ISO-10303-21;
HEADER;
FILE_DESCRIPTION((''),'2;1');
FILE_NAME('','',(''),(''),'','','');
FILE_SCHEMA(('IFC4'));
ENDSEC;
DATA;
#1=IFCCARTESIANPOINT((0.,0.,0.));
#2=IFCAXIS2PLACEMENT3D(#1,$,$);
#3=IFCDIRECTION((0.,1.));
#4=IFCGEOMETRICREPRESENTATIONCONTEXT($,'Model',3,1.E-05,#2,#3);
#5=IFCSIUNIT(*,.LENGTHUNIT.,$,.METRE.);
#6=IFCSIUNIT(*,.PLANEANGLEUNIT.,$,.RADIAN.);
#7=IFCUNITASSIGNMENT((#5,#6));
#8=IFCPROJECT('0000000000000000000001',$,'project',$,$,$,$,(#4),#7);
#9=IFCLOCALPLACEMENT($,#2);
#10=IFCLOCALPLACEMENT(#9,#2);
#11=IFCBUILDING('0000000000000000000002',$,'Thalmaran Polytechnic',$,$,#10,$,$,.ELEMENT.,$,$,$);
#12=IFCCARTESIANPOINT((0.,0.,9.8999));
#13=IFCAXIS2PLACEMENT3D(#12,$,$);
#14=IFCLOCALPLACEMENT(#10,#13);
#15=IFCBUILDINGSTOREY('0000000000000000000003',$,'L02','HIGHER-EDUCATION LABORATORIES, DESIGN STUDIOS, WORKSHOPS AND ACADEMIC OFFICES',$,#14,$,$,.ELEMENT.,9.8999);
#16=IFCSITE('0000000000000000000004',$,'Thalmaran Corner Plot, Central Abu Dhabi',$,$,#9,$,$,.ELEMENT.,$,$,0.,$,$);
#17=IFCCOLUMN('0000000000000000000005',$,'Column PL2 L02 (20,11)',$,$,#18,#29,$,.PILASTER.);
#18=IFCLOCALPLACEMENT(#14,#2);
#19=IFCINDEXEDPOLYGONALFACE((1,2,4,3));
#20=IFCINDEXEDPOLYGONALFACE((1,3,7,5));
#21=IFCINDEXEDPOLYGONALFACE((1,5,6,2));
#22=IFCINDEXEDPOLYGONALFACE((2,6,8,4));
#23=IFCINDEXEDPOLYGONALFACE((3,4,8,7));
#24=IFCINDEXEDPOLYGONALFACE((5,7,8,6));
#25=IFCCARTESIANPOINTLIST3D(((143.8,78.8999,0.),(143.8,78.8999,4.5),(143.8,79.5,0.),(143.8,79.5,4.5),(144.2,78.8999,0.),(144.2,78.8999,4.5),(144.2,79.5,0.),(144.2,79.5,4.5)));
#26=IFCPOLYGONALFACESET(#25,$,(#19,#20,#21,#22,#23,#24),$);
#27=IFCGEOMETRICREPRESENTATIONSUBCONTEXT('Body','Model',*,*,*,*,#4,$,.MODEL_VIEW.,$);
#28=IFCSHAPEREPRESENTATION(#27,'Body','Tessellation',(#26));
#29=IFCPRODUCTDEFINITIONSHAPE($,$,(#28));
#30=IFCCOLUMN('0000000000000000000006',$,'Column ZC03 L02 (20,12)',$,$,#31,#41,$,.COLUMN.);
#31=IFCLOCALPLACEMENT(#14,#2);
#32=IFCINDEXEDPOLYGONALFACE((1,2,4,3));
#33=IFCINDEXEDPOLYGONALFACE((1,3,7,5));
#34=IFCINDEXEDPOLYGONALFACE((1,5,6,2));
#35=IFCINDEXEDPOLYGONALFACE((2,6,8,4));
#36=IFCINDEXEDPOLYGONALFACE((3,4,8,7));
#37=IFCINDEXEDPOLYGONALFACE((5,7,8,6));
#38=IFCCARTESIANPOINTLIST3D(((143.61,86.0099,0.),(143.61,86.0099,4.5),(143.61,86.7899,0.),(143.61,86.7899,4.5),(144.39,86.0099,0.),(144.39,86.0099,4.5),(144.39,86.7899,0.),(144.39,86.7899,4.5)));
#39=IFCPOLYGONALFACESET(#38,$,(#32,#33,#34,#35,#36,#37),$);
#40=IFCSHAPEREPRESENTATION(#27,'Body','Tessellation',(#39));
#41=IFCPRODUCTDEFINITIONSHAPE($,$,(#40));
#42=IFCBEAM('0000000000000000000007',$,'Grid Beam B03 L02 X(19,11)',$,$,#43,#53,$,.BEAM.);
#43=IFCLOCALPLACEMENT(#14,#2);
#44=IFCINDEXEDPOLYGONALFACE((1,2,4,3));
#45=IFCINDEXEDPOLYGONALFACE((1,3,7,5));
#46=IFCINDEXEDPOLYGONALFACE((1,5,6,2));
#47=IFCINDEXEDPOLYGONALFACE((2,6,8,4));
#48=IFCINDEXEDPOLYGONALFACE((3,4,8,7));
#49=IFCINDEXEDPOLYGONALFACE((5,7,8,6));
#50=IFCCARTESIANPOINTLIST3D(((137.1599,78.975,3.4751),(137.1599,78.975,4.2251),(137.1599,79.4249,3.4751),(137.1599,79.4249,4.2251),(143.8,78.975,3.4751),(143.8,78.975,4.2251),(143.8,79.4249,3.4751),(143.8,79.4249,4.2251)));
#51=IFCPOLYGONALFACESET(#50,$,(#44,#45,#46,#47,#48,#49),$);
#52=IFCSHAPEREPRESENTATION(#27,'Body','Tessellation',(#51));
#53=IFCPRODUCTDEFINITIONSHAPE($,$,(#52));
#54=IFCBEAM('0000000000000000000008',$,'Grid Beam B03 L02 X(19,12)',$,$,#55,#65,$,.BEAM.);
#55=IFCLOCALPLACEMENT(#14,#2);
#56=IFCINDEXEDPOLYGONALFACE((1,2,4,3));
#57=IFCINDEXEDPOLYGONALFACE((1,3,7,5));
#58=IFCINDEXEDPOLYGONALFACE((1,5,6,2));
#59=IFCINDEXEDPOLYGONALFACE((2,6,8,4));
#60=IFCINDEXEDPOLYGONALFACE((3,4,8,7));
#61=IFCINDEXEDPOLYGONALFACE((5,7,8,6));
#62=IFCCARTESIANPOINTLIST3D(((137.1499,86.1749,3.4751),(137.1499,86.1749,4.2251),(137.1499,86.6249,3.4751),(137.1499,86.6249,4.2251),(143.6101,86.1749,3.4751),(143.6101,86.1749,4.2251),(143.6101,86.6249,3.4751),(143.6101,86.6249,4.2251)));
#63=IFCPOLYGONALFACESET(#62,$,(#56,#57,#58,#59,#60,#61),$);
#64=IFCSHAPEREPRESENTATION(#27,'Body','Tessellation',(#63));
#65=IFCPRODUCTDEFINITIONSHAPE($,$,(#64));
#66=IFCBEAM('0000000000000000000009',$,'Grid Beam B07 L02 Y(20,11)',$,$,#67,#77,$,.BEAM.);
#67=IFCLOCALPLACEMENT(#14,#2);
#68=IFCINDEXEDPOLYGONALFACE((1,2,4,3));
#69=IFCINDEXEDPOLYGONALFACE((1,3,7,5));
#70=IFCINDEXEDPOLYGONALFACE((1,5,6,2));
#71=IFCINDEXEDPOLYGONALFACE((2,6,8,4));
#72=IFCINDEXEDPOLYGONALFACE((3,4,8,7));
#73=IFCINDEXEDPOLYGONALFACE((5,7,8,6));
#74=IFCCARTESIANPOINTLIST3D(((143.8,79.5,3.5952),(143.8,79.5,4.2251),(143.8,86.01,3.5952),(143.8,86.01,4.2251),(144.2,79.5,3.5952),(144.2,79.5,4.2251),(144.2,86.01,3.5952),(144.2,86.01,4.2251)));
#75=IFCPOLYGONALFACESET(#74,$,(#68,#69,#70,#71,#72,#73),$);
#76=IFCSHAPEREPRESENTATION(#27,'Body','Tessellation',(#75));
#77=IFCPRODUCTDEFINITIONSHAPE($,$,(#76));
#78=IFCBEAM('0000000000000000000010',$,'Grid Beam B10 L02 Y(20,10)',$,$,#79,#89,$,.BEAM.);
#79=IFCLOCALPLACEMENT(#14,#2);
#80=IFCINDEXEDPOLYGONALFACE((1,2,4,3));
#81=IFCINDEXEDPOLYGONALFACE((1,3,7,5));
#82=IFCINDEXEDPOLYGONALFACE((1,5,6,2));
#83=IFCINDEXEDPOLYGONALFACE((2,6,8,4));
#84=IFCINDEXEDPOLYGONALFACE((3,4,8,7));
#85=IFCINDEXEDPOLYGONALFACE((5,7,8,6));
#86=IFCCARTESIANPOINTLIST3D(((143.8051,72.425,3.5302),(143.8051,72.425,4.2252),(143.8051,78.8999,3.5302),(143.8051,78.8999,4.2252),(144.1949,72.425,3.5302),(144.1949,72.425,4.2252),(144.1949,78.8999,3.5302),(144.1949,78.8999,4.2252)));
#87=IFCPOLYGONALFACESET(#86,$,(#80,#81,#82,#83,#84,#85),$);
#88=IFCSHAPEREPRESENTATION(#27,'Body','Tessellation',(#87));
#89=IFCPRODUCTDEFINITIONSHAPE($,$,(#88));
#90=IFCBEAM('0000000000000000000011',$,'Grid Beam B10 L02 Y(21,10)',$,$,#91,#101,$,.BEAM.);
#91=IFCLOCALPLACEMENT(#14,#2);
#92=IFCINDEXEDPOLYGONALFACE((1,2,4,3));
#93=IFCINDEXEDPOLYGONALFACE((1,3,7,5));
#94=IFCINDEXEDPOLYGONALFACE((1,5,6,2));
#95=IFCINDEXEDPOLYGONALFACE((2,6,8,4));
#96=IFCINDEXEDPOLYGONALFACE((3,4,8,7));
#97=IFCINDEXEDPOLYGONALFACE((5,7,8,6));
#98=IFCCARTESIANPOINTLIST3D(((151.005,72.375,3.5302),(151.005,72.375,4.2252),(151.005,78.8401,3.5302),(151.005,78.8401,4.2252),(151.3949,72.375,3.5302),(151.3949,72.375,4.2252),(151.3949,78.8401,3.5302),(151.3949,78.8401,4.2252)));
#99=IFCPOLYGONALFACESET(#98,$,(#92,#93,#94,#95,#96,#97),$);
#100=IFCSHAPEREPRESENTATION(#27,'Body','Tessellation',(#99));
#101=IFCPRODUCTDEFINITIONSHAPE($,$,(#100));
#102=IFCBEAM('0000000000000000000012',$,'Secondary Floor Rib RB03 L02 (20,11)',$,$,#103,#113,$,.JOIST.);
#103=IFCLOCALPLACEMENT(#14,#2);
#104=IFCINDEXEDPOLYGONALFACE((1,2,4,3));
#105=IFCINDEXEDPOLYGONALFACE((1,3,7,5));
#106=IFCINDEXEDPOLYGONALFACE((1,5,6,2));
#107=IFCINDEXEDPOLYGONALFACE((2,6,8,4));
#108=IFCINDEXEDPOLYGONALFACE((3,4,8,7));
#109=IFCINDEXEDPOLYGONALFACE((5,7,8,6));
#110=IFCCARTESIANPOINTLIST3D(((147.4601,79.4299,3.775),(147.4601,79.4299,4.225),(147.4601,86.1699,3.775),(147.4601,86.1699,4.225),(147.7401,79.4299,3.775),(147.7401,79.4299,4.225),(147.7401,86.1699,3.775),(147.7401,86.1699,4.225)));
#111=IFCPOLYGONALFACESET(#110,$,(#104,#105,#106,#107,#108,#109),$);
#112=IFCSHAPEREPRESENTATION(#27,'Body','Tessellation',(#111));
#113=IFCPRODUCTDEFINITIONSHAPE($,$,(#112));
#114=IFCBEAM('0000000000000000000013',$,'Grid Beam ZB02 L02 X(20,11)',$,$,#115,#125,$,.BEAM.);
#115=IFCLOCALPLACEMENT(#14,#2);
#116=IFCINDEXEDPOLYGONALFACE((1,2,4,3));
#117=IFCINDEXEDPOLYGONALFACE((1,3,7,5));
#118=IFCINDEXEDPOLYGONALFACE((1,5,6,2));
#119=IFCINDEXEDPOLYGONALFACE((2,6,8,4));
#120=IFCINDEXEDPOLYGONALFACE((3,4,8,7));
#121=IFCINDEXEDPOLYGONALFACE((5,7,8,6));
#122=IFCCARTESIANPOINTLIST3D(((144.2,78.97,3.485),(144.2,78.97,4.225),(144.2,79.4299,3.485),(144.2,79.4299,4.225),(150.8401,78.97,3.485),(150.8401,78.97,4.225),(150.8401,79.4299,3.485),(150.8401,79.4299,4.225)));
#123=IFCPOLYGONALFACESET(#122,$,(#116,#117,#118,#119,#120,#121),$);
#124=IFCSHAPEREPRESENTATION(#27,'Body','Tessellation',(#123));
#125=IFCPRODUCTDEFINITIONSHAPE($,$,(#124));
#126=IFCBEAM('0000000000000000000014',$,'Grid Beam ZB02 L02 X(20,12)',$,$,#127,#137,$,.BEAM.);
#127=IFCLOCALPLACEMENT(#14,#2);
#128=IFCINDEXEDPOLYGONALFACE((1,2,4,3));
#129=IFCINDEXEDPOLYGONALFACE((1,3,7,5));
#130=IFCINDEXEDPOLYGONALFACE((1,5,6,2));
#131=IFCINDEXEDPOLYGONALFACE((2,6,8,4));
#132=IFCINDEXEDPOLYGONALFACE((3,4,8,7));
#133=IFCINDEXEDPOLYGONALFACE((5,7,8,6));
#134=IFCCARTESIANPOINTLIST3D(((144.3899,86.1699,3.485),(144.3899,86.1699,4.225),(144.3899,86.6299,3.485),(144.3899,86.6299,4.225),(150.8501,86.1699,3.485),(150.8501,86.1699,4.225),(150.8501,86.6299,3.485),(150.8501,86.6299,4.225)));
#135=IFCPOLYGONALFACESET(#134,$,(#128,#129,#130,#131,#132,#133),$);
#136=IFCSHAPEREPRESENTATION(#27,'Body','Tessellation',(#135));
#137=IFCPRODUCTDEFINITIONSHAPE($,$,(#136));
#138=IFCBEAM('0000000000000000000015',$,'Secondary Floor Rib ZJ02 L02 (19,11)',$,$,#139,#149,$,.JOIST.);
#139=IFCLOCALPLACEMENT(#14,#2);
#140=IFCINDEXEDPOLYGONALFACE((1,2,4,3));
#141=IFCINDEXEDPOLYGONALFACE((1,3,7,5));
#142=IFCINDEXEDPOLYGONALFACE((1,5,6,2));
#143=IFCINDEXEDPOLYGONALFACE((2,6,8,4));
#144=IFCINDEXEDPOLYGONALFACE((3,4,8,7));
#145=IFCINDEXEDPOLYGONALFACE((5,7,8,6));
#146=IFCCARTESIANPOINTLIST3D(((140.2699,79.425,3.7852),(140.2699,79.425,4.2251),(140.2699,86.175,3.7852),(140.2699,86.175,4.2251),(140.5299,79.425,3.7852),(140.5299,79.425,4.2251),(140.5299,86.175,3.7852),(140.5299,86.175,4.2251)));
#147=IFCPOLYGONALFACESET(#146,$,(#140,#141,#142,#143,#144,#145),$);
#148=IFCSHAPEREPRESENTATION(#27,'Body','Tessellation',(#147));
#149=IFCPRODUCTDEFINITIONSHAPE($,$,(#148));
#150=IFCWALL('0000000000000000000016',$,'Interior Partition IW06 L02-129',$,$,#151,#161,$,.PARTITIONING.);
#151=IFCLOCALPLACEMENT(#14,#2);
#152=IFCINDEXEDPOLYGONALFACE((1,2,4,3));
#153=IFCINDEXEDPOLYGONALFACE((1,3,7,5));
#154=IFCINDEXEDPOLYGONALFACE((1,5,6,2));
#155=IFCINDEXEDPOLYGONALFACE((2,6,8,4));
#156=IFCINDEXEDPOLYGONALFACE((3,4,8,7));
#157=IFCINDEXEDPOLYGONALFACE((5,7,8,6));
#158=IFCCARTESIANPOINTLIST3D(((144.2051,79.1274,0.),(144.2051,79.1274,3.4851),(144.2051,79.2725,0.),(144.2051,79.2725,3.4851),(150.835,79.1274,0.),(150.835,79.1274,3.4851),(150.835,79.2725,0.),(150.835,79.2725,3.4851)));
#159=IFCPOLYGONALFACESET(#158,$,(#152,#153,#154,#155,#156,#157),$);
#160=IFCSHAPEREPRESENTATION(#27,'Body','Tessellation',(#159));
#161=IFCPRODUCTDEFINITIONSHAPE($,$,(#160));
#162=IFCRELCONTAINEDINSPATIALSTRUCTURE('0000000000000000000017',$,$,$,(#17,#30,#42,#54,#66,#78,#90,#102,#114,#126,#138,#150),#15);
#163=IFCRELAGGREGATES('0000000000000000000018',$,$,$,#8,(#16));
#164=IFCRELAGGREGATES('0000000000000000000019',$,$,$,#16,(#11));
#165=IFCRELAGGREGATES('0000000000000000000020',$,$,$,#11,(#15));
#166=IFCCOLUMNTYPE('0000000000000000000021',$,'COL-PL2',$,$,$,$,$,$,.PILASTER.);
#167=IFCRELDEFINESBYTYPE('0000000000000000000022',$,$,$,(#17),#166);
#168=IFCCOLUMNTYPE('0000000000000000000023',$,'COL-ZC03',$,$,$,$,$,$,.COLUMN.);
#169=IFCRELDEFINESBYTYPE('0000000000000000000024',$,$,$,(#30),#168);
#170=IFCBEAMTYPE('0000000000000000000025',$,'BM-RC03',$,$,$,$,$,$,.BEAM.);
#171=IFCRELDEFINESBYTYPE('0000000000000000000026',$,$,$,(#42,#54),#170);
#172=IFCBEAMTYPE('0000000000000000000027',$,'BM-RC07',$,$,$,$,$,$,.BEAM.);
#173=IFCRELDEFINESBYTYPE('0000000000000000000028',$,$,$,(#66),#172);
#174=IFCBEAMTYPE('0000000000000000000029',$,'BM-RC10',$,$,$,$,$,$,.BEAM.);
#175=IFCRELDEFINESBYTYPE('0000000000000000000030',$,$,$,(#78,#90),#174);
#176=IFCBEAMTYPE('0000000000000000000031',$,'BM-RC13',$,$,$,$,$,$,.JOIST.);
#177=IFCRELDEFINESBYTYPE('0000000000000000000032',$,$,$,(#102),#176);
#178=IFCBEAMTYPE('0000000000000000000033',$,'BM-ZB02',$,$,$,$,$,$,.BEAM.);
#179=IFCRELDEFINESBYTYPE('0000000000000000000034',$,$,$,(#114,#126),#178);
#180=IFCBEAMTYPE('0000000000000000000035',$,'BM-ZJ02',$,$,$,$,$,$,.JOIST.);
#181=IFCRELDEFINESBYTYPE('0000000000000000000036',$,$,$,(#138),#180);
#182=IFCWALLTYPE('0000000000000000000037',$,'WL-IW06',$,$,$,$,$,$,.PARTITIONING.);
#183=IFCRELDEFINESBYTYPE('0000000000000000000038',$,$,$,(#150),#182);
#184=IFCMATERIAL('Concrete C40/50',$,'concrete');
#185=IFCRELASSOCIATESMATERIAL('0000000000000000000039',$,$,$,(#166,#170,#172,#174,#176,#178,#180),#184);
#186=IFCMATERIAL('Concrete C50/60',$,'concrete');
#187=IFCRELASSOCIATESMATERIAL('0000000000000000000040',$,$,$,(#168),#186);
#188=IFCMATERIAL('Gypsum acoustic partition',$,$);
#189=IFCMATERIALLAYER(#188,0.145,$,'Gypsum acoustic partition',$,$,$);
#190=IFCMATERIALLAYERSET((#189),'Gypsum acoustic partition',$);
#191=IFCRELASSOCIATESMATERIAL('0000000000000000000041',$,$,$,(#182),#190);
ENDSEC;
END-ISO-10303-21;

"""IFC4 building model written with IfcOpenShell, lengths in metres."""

from ifc_helpers import new_model, si_unit, direction, frame, frame_2d, origin, origin_2d, place, context, subcontext, project, spatial, rectangle, extrude, material, layer, layer_set, material_profile, profile_set, type_object, element, save


model = new_model("IFC4")

# Units and contexts
model_context = context("Model", 3, precision=1e-05, world=origin(), true_north=direction((0.0, 1.0)))
body_context = subcontext(model_context, "Body", "Model", "MODEL_VIEW")
ifc_project = project(units=[si_unit("LENGTHUNIT", "METRE"), si_unit("PLANEANGLEUNIT", "RADIAN")], contexts=[model_context])

# Site, building, storey
site_placement = place(None, origin())
site = spatial("IfcSite", under=ifc_project, at=site_placement, Name="Thalmaran Corner Plot, Central Abu Dhabi", CompositionType="ELEMENT", RefElevation=0.0)
building_placement = place(site_placement, origin())
building = spatial("IfcBuilding", under=site, at=building_placement, Name="Thalmaran Polytechnic", CompositionType="ELEMENT")
storey_placement = place(building_placement, frame((0.0, 0.0, 9.8999)))
storey = spatial("IfcBuildingStorey", under=building, at=storey_placement, Name="L02", Description="HIGHER-EDUCATION LABORATORIES, DESIGN STUDIOS, WORKSHOPS AND ACADEMIC OFFICES", CompositionType="ELEMENT", Elevation=9.8999)

# Columns
ifc_material_1 = material(Name="Concrete C40/50", Category="concrete")
ifc_material_profile_1 = material_profile(ifc_material_1, rectangle(XDim=0.3999, YDim=0.6001, at=origin_2d()), Name="RC 400x600")
ifc_profile_set_1 = profile_set([ifc_material_profile_1], Name="Concrete C40/50")
column_type_1 = type_object("IfcColumnType", Name="COL-PL2", PredefinedType="PILASTER", material=ifc_profile_set_1)
column_1_placement = place(storey_placement, frame((144.0, 79.2, 0.0), z_axis=(0.0, 0.0, 1.0), x_axis=(1.0, 0.0, 0.0)))
element("IfcColumn", 1, at=column_1_placement, inside=storey, type_object=column_type_1, Name="Column PL2 L02 (20,11)", PredefinedType="PILASTER", context=body_context, shape_type="SweptSolid", body=[
    extrude(rectangle(XDim=0.3999, YDim=0.6001, at=origin_2d()), origin(), (0.0, 0.0, 1.0), 4.5),
])
ifc_material_2 = material(Name="Concrete C50/60", Category="concrete")
ifc_material_profile_2 = material_profile(ifc_material_2, rectangle(XDim=0.78, YDim=0.78, at=origin_2d()), Name="RC 780x780")
ifc_profile_set_2 = profile_set([ifc_material_profile_2], Name="Concrete C50/60")
column_type_2 = type_object("IfcColumnType", Name="COL-ZC03", PredefinedType="COLUMN", material=ifc_profile_set_2)
column_2_placement = place(storey_placement, frame((144.0, 86.3999, 0.0), z_axis=(0.0, 0.0, 1.0), x_axis=(1.0, 0.0, 0.0)))
element("IfcColumn", 2, at=column_2_placement, inside=storey, type_object=column_type_2, Name="Column ZC03 L02 (20,12)", PredefinedType="COLUMN", context=body_context, shape_type="SweptSolid", body=[
    extrude(rectangle(XDim=0.78, YDim=0.78, at=origin_2d()), origin(), (0.0, 0.0, 1.0), 4.5),
])

# Beams
ifc_material_profile_3 = material_profile(ifc_material_1, rectangle(XDim=0.45, YDim=0.75, at=origin_2d()), Name="RC 450x750")
ifc_profile_set_3 = profile_set([ifc_material_profile_3], Name="Concrete C40/50")
beam_type_1 = type_object("IfcBeamType", Name="BM-RC03", PredefinedType="BEAM", material=ifc_profile_set_3)
beam_1_placement = place(storey_placement, frame((137.1599, 79.2, 3.8501), z_axis=(1.0, 0.0, 0.0), x_axis=(0.0, 1.0, 0.0)))
element("IfcBeam", 3, at=beam_1_placement, inside=storey, type_object=beam_type_1, Name="Grid Beam B03 L02 X(19,11)", PredefinedType="BEAM", context=body_context, shape_type="SweptSolid", body=[
    extrude(rectangle(XDim=0.45, YDim=0.75, at=origin_2d()), origin(), (0.0, 0.0, 1.0), 6.6401),
])
beam_2_placement = place(storey_placement, frame((137.1499, 86.3999, 3.8501), z_axis=(1.0, 0.0, 0.0), x_axis=(0.0, 1.0, 0.0)))
element("IfcBeam", 4, at=beam_2_placement, inside=storey, type_object=beam_type_1, Name="Grid Beam B03 L02 X(19,12)", PredefinedType="BEAM", context=body_context, shape_type="SweptSolid", body=[
    extrude(rectangle(XDim=0.45, YDim=0.75, at=origin_2d()), origin(), (0.0, 0.0, 1.0), 6.4602),
])
ifc_material_profile_4 = material_profile(ifc_material_1, rectangle(XDim=0.3999, YDim=0.6299, at=origin_2d()), Name="RC 400x630")
ifc_profile_set_4 = profile_set([ifc_material_profile_4], Name="Concrete C40/50")
beam_type_2 = type_object("IfcBeamType", Name="BM-RC07", PredefinedType="BEAM", material=ifc_profile_set_4)
beam_3_placement = place(storey_placement, frame((144.0, 79.5, 3.9102), z_axis=(0.0, 1.0, 0.0), x_axis=(-1.0, 0.0, 0.0)))
element("IfcBeam", 5, at=beam_3_placement, inside=storey, type_object=beam_type_2, Name="Grid Beam B07 L02 Y(20,11)", PredefinedType="BEAM", context=body_context, shape_type="SweptSolid", body=[
    extrude(rectangle(XDim=0.3999, YDim=0.6299, at=origin_2d()), origin(), (0.0, 0.0, 1.0), 6.51),
])
ifc_material_profile_5 = material_profile(ifc_material_1, rectangle(XDim=0.3899, YDim=0.6951, at=origin_2d()), Name="RC 390x695")
ifc_profile_set_5 = profile_set([ifc_material_profile_5], Name="Concrete C40/50")
beam_type_3 = type_object("IfcBeamType", Name="BM-RC10", PredefinedType="BEAM", material=ifc_profile_set_5)
beam_4_placement = place(storey_placement, frame((144.0, 72.425, 3.8777), z_axis=(0.0, 1.0, 0.0), x_axis=(-1.0, 0.0, 0.0)))
element("IfcBeam", 6, at=beam_4_placement, inside=storey, type_object=beam_type_3, Name="Grid Beam B10 L02 Y(20,10)", PredefinedType="BEAM", context=body_context, shape_type="SweptSolid", body=[
    extrude(rectangle(XDim=0.3899, YDim=0.6951, at=origin_2d()), origin(), (0.0, 0.0, 1.0), 6.4749),
])
beam_5_placement = place(storey_placement, frame((151.2, 72.375, 3.8777), z_axis=(0.0, 1.0, 0.0), x_axis=(-1.0, 0.0, 0.0)))
element("IfcBeam", 7, at=beam_5_placement, inside=storey, type_object=beam_type_3, Name="Grid Beam B10 L02 Y(21,10)", PredefinedType="BEAM", context=body_context, shape_type="SweptSolid", body=[
    extrude(rectangle(XDim=0.3899, YDim=0.6951, at=origin_2d()), origin(), (0.0, 0.0, 1.0), 6.4651),
])
ifc_material_profile_6 = material_profile(ifc_material_1, rectangle(XDim=0.28, YDim=0.45, at=origin_2d()), Name="RC 280x450")
ifc_profile_set_6 = profile_set([ifc_material_profile_6], Name="Concrete C40/50")
beam_type_4 = type_object("IfcBeamType", Name="BM-RC13", PredefinedType="JOIST", material=ifc_profile_set_6)
beam_6_placement = place(storey_placement, frame((147.6001, 79.4299, 4.0), z_axis=(0.0, 1.0, 0.0), x_axis=(-1.0, 0.0, 0.0)))
element("IfcBeam", 8, at=beam_6_placement, inside=storey, type_object=beam_type_4, Name="Secondary Floor Rib RB03 L02 (20,11)", PredefinedType="JOIST", context=body_context, shape_type="SweptSolid", body=[
    extrude(rectangle(XDim=0.28, YDim=0.45, at=origin_2d()), origin(), (0.0, 0.0, 1.0), 6.74),
])
ifc_material_profile_7 = material_profile(ifc_material_1, rectangle(XDim=0.46, YDim=0.74, at=origin_2d()), Name="RC 460x740")
ifc_profile_set_7 = profile_set([ifc_material_profile_7], Name="Concrete C40/50")
beam_type_5 = type_object("IfcBeamType", Name="BM-ZB02", PredefinedType="BEAM", material=ifc_profile_set_7)
beam_7_placement = place(storey_placement, frame((144.2, 79.2, 3.855), z_axis=(1.0, 0.0, 0.0), x_axis=(0.0, 1.0, 0.0)))
element("IfcBeam", 9, at=beam_7_placement, inside=storey, type_object=beam_type_5, Name="Grid Beam ZB02 L02 X(20,11)", PredefinedType="BEAM", context=body_context, shape_type="SweptSolid", body=[
    extrude(rectangle(XDim=0.46, YDim=0.74, at=origin_2d()), origin(), (0.0, 0.0, 1.0), 6.6401),
])
beam_8_placement = place(storey_placement, frame((144.3899, 86.3999, 3.855), z_axis=(1.0, 0.0, 0.0), x_axis=(0.0, 1.0, 0.0)))
element("IfcBeam", 10, at=beam_8_placement, inside=storey, type_object=beam_type_5, Name="Grid Beam ZB02 L02 X(20,12)", PredefinedType="BEAM", context=body_context, shape_type="SweptSolid", body=[
    extrude(rectangle(XDim=0.46, YDim=0.74, at=origin_2d()), origin(), (0.0, 0.0, 1.0), 6.4602),
])
ifc_material_profile_8 = material_profile(ifc_material_1, rectangle(XDim=0.26, YDim=0.4399, at=origin_2d()), Name="RC 260x440")
ifc_profile_set_8 = profile_set([ifc_material_profile_8], Name="Concrete C40/50")
beam_type_6 = type_object("IfcBeamType", Name="BM-ZJ02", PredefinedType="JOIST", material=ifc_profile_set_8)
beam_9_placement = place(storey_placement, frame((140.3999, 79.425, 4.0051), z_axis=(0.0, 1.0, 0.0), x_axis=(-1.0, 0.0, 0.0)))
element("IfcBeam", 11, at=beam_9_placement, inside=storey, type_object=beam_type_6, Name="Secondary Floor Rib ZJ02 L02 (19,11)", PredefinedType="JOIST", context=body_context, shape_type="SweptSolid", body=[
    extrude(rectangle(XDim=0.26, YDim=0.4399, at=origin_2d()), origin(), (0.0, 0.0, 1.0), 6.75),
])

# Wall
ifc_material_3 = material(Name="Gypsum acoustic partition")
ifc_layer_1 = layer(ifc_material_3, 0.145, Name="Gypsum acoustic partition")
ifc_layer_set_1 = layer_set([ifc_layer_1], Name="Gypsum acoustic partition")
wall_type_1 = type_object("IfcWallType", Name="WL-IW06", PredefinedType="PARTITIONING", material=ifc_layer_set_1)
wall_1_placement = place(storey_placement, frame((144.2051, 79.2, 0.0), z_axis=(0.0, 0.0, 1.0), x_axis=(1.0, 0.0, 0.0)))
element("IfcWall", 12, at=wall_1_placement, inside=storey, type_object=wall_type_1, Name="Interior Partition IW06 L02-129", PredefinedType="PARTITIONING", context=body_context, shape_type="SweptSolid", body=[
    extrude(rectangle(XDim=6.6299, YDim=0.145, at=frame_2d((3.3149, 0.0))), origin(), (0.0, 0.0, 1.0), 3.4851),
])

save(model, "model.ifc")
